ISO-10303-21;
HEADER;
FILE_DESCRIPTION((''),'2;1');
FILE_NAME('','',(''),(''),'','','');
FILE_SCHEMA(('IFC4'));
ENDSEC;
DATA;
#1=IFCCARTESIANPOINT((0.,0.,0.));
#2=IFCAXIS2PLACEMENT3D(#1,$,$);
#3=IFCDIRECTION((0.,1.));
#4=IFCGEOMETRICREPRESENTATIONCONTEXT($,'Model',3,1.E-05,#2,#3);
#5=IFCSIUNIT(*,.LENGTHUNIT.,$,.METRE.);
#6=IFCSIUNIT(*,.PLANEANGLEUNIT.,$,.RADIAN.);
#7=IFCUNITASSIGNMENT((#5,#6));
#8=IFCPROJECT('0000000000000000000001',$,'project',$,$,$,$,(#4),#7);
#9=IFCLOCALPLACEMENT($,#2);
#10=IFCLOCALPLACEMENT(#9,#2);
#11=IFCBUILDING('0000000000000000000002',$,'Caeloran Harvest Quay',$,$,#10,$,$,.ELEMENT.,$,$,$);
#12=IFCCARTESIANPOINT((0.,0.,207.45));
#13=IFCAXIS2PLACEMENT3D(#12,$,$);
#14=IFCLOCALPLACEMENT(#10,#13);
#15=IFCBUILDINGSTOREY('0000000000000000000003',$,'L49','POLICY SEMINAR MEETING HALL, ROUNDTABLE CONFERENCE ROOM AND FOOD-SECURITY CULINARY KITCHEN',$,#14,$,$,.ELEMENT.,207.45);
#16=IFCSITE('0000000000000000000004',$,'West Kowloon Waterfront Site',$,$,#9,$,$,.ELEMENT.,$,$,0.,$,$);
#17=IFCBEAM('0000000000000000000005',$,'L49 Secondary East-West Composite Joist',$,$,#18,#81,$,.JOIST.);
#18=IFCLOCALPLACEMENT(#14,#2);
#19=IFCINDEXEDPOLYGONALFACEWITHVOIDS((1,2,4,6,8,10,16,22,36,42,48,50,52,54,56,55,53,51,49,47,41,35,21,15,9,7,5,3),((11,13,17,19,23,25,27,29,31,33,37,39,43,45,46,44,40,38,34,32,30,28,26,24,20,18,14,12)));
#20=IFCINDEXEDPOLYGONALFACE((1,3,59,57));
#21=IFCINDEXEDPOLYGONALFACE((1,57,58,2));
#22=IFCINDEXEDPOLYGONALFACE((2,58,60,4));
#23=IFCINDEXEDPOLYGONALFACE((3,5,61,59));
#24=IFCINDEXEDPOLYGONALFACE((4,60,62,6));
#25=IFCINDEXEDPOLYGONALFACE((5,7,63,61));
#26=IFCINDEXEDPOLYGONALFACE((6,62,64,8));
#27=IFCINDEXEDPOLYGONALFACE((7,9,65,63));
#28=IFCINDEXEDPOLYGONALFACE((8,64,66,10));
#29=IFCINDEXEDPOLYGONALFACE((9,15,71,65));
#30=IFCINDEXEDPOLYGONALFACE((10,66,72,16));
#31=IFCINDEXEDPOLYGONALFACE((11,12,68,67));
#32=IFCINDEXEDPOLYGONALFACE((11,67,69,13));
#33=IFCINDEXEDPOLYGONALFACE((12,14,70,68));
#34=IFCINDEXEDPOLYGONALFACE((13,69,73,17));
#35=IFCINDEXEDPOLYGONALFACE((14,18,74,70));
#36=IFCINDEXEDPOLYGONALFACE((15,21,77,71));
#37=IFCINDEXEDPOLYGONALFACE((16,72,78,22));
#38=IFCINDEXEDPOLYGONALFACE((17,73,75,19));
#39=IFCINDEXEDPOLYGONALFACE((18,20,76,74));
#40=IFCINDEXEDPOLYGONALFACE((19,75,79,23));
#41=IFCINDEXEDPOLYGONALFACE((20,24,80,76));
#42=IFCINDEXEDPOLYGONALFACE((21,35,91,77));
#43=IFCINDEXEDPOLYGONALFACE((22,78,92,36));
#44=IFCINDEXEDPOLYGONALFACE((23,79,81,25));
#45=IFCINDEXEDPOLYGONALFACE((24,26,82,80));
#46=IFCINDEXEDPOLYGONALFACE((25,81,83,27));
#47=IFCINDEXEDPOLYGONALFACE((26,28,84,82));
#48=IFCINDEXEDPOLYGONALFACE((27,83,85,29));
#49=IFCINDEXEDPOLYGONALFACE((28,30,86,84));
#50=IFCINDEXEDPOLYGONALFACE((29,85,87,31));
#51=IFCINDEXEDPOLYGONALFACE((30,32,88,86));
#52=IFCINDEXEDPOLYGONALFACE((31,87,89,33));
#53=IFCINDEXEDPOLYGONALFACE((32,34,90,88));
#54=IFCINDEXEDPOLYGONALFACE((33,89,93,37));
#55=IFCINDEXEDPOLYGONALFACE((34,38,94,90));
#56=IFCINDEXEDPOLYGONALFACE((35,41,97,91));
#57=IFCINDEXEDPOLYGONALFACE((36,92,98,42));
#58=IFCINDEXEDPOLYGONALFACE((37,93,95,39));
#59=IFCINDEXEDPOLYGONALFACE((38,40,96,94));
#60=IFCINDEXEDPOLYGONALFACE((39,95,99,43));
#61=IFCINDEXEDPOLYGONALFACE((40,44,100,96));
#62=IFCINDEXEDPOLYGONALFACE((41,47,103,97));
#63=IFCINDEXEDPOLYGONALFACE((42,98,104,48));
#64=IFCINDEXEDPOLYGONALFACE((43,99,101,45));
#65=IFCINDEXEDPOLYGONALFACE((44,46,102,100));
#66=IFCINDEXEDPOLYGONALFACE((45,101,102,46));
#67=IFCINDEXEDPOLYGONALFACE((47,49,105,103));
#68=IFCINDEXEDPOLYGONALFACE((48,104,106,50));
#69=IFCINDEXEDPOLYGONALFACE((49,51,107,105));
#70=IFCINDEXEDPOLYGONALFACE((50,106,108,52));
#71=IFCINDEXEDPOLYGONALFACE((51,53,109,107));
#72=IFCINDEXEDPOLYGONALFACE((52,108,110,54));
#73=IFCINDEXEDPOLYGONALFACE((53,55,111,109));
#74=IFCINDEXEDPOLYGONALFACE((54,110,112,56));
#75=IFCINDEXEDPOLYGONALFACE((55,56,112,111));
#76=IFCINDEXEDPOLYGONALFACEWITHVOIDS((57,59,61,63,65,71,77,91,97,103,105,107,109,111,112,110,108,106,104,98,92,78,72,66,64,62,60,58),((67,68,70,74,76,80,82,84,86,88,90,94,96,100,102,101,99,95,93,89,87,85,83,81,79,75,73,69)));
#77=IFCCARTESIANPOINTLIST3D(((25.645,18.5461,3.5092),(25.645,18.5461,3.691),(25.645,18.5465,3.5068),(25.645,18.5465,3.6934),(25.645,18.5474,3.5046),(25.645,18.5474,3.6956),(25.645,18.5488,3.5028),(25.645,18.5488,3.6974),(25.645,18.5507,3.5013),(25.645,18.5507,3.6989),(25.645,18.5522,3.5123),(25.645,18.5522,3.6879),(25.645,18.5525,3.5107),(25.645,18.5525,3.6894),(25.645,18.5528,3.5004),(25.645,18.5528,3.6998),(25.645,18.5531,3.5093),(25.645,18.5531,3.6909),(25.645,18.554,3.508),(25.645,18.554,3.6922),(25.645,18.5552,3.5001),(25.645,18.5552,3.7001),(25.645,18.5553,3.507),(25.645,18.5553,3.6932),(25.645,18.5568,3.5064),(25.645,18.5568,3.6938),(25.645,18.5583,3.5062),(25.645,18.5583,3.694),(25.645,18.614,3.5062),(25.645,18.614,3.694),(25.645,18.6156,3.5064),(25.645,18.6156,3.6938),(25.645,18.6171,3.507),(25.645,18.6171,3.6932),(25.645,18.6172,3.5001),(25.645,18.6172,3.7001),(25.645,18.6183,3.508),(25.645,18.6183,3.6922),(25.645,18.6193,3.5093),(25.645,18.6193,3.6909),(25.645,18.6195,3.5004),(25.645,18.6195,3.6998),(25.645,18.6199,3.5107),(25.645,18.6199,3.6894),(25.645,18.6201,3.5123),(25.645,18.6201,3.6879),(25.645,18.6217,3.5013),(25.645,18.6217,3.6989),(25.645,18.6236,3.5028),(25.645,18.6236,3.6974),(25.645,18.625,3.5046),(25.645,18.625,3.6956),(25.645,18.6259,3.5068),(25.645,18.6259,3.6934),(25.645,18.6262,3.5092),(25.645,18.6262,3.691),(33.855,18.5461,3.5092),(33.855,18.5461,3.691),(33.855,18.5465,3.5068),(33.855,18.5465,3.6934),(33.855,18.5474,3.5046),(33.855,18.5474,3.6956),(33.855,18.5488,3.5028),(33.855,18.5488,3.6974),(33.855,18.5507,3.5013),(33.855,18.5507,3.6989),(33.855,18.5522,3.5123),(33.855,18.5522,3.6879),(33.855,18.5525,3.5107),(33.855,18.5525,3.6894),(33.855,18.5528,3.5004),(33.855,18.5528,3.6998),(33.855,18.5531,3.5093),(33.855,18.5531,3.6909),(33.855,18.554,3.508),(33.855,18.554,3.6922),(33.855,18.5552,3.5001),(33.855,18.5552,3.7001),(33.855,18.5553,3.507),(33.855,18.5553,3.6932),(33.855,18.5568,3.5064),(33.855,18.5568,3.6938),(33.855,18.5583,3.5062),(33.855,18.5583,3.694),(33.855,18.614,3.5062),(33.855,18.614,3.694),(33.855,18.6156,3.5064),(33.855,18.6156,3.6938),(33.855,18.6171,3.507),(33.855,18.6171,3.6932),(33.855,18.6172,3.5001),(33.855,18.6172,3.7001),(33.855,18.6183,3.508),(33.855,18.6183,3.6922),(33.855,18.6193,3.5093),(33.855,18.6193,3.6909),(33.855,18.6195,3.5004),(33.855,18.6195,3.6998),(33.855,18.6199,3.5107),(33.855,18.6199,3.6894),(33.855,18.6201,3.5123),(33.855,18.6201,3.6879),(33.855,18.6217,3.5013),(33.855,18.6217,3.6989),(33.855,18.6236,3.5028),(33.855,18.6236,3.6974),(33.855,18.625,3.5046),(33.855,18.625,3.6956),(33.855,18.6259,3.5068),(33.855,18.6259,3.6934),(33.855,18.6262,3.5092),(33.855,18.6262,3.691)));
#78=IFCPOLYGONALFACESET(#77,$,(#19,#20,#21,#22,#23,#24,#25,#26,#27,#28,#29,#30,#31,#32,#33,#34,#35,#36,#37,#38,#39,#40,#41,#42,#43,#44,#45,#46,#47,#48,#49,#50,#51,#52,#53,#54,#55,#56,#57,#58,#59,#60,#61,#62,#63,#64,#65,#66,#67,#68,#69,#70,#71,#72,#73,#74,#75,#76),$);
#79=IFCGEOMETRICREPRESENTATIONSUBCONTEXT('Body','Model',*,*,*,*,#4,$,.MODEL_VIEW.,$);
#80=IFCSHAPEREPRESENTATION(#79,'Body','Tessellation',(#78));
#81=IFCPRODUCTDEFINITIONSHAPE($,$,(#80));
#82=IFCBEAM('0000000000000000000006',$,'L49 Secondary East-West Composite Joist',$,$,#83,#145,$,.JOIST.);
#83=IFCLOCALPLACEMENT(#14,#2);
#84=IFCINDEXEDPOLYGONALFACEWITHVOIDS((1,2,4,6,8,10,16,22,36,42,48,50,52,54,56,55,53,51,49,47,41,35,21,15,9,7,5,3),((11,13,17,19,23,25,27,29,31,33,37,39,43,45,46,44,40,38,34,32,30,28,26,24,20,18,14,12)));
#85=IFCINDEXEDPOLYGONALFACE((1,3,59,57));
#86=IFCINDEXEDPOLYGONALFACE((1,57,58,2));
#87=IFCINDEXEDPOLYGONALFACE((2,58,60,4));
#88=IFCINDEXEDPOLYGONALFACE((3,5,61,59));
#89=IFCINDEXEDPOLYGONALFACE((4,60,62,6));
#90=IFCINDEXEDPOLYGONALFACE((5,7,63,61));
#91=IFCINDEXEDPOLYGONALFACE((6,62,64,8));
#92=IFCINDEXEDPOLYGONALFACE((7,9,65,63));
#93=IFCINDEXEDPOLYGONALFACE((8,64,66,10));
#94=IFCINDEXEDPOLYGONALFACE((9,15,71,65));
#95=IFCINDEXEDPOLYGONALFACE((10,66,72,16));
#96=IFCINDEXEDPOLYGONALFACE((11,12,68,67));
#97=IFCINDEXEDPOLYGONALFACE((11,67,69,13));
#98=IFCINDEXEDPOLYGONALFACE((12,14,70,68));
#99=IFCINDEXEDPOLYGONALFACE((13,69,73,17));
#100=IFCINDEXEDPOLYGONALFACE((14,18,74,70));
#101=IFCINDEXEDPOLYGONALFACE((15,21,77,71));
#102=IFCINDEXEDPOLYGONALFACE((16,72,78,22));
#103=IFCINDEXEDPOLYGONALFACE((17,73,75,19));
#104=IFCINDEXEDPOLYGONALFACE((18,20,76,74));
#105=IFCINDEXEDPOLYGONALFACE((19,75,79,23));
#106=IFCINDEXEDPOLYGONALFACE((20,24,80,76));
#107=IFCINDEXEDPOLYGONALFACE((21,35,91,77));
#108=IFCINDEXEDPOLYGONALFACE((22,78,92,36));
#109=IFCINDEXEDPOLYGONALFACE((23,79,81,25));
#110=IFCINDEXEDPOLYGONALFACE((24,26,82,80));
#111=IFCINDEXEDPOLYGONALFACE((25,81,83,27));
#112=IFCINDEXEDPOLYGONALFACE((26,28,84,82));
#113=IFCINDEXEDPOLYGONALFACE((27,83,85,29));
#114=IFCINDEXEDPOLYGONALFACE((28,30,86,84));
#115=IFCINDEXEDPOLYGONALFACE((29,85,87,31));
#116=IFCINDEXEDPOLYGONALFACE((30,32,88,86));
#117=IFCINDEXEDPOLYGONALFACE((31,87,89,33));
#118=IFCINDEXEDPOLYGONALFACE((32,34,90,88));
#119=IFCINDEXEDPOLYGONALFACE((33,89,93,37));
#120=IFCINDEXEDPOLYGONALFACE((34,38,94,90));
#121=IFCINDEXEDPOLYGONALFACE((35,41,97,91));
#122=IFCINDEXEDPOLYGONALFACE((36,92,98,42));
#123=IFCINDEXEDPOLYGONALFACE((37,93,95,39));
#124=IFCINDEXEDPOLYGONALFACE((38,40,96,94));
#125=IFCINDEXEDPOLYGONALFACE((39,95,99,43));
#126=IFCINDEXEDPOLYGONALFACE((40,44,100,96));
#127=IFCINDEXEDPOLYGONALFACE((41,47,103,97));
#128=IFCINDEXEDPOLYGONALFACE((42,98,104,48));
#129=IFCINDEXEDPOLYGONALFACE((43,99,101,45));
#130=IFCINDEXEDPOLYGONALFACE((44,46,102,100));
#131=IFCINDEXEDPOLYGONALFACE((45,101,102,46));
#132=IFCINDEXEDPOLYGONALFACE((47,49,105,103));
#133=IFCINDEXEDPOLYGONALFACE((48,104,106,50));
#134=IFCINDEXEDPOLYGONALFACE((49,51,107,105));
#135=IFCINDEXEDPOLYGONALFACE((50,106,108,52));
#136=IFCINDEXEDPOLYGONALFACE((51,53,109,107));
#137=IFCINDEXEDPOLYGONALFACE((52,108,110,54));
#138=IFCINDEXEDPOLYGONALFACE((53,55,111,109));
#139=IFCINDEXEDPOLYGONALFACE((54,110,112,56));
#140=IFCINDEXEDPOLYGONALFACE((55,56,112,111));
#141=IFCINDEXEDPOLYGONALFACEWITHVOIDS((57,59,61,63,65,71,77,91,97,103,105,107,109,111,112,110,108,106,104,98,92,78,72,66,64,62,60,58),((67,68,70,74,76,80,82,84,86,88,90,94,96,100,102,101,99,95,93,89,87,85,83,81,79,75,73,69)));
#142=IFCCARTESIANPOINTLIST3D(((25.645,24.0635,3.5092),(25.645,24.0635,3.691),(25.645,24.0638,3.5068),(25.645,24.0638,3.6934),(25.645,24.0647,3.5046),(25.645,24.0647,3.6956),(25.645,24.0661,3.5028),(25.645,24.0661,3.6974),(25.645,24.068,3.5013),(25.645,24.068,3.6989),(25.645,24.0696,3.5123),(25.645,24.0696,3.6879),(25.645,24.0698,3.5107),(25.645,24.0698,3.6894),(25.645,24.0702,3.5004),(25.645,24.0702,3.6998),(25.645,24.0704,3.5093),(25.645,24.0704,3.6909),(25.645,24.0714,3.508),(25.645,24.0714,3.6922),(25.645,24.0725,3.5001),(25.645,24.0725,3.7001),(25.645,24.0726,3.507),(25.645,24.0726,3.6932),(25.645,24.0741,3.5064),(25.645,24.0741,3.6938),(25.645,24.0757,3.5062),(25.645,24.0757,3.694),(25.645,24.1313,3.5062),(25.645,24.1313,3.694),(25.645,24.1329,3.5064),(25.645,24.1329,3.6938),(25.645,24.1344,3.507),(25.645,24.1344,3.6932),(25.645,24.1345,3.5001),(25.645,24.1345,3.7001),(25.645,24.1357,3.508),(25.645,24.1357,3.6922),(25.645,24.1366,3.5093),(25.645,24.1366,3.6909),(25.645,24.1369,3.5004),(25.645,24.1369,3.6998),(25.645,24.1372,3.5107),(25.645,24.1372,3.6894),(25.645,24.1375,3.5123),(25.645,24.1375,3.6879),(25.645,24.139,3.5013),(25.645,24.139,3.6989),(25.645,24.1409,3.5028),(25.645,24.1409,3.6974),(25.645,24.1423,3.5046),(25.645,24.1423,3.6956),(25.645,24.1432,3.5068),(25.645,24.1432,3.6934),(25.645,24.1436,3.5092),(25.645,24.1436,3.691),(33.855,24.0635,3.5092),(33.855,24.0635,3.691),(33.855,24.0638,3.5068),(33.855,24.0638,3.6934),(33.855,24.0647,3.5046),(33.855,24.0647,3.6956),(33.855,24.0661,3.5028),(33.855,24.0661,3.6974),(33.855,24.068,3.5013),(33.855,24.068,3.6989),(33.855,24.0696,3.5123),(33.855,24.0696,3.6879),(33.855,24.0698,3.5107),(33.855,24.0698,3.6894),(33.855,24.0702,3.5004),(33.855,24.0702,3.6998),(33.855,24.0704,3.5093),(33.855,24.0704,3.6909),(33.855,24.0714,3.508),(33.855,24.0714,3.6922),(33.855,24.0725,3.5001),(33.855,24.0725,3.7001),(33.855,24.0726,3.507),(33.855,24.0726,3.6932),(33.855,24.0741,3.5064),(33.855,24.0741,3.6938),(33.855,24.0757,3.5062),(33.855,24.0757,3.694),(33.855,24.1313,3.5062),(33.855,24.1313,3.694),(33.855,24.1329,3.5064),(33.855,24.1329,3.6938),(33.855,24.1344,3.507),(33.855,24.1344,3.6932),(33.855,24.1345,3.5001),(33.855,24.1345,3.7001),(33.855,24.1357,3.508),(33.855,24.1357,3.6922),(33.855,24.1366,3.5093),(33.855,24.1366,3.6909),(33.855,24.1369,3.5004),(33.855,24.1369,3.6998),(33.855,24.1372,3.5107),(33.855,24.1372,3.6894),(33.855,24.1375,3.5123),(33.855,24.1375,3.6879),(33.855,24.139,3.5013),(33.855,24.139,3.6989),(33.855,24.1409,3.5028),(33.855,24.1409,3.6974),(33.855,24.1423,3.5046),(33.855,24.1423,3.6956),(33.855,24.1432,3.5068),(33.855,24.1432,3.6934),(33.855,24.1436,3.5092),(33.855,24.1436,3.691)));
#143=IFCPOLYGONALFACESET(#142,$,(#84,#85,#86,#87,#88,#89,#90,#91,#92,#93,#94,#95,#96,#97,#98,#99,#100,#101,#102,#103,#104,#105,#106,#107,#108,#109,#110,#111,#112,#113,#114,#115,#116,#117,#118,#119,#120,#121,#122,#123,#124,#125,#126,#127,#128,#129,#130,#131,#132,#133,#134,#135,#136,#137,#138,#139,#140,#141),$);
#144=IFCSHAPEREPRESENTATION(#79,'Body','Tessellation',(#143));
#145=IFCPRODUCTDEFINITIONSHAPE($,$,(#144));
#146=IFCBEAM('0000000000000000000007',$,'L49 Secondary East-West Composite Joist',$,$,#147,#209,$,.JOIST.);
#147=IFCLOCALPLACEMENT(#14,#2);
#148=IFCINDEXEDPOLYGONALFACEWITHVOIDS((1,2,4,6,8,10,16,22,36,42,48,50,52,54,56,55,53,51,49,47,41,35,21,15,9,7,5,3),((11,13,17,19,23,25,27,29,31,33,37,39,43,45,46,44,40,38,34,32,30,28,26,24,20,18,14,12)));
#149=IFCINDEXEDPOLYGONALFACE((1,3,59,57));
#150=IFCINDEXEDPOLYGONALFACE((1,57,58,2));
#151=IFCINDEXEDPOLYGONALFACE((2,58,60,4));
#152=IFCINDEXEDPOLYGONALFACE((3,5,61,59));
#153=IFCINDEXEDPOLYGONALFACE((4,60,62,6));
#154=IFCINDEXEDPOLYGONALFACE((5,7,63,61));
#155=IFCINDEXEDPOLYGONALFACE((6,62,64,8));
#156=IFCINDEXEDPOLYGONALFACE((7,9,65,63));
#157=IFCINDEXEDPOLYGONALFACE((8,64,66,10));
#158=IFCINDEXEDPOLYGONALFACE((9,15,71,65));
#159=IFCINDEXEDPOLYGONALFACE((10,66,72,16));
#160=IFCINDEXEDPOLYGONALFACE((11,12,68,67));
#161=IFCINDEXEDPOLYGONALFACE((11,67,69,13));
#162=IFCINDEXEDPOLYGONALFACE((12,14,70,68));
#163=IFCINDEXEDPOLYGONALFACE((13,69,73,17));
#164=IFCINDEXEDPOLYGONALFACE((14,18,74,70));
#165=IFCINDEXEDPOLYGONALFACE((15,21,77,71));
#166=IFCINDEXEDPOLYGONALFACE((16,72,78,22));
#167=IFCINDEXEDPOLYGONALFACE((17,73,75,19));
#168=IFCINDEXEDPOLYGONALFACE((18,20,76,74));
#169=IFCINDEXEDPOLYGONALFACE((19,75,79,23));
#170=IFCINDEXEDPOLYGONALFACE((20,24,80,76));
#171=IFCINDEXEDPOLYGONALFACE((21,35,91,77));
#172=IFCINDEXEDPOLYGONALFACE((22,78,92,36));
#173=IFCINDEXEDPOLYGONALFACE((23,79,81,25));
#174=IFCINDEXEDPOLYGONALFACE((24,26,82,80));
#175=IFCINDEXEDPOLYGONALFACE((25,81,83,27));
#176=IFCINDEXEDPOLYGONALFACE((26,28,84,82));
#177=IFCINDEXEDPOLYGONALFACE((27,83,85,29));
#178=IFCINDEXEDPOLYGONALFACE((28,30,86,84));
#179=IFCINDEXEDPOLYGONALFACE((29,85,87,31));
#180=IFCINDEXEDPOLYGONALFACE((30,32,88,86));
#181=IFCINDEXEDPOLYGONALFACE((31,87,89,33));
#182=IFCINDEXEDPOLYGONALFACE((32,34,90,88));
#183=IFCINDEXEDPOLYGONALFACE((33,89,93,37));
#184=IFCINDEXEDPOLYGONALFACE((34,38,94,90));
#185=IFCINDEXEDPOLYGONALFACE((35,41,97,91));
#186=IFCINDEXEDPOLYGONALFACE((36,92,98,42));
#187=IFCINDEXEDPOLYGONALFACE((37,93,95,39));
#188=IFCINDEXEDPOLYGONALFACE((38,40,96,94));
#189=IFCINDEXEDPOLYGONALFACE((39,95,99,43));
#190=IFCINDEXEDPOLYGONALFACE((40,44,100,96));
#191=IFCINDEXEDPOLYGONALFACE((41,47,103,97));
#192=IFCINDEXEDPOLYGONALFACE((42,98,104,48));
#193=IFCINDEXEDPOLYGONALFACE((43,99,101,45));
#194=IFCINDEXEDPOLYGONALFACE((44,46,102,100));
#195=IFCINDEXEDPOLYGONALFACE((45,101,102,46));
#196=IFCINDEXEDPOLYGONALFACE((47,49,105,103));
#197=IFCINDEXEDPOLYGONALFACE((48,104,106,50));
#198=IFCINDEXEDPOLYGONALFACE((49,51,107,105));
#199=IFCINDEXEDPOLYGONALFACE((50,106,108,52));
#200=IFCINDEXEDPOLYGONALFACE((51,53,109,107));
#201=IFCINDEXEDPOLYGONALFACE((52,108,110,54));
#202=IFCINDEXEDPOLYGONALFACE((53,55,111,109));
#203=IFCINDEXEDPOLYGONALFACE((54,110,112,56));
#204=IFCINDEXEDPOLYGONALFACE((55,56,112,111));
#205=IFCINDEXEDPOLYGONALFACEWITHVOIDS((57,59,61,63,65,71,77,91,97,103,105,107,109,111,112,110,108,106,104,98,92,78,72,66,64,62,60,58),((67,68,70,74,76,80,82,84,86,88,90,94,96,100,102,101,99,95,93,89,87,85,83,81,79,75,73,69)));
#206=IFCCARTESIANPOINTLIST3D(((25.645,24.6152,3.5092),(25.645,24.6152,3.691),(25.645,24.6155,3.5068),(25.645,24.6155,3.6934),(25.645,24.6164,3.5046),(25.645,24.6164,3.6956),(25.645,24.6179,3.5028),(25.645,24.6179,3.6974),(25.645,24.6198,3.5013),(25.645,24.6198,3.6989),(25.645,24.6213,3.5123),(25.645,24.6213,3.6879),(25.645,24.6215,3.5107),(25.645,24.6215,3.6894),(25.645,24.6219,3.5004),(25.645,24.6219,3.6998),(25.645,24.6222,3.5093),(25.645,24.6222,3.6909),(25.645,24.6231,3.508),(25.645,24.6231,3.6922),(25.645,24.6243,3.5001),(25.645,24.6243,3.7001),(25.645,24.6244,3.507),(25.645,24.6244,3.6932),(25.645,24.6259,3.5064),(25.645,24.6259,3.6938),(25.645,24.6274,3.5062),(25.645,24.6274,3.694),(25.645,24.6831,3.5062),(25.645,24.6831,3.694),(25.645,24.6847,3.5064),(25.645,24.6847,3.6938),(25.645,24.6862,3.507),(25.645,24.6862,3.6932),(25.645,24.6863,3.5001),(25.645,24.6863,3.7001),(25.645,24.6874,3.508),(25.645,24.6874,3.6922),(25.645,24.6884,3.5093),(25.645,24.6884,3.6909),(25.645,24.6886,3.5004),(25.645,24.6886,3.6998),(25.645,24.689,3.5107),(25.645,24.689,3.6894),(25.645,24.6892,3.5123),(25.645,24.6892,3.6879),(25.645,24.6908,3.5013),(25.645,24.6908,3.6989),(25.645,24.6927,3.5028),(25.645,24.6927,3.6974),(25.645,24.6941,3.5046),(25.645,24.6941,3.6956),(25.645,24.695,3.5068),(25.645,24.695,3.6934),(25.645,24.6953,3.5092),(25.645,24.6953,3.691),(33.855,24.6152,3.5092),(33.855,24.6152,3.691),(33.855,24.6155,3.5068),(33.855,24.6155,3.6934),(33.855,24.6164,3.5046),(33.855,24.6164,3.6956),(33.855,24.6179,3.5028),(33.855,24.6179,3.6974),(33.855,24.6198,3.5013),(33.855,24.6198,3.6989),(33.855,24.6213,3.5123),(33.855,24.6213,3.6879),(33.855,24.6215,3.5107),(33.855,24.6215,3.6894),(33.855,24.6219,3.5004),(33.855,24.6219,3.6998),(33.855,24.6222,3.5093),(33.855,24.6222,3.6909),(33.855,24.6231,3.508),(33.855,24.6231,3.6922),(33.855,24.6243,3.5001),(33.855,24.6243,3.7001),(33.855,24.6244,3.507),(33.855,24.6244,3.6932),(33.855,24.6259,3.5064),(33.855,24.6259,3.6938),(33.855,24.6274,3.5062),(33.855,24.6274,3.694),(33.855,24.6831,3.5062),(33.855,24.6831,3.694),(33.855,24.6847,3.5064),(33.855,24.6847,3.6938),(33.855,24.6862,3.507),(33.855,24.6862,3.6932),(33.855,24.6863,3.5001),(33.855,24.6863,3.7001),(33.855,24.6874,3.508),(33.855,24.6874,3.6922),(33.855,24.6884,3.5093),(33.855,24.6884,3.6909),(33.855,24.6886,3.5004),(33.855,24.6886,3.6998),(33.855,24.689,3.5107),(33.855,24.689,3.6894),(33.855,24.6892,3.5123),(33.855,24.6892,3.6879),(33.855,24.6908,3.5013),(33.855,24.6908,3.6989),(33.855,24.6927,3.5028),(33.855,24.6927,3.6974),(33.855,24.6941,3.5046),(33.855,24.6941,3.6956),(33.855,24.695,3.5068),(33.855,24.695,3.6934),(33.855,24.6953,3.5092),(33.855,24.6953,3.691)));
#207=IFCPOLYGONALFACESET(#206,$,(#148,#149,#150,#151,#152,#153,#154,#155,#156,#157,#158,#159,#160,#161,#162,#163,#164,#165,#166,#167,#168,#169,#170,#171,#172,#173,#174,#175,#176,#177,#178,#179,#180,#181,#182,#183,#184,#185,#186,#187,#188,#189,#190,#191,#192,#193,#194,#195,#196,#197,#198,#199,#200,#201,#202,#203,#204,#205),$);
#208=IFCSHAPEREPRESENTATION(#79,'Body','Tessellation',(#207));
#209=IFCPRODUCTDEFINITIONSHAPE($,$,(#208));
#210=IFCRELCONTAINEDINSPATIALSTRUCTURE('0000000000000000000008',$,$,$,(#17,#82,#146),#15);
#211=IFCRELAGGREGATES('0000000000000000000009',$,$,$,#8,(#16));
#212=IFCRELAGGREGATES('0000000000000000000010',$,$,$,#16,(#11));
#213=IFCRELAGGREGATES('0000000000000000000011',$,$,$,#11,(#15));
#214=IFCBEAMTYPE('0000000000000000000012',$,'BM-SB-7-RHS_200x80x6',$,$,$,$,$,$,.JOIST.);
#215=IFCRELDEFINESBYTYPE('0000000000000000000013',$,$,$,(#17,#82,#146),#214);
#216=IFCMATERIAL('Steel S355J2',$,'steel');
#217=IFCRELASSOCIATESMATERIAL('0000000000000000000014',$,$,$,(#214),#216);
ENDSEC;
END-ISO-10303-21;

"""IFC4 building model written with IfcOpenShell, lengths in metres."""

from ifc_helpers import new_model, si_unit, direction, frame, origin, origin_2d, place, context, subcontext, project, spatial, hollow_rectangle, extrude, material, material_profile, profile_set, type_object, element, save


model = new_model("IFC4")

# Units and contexts
model_context = context("Model", 3, precision=1e-05, world=origin(), true_north=direction((0.0, 1.0)))
body_context = subcontext(model_context, "Body", "Model", "MODEL_VIEW")
ifc_project = project(units=[si_unit("LENGTHUNIT", "METRE"), si_unit("PLANEANGLEUNIT", "RADIAN")], contexts=[model_context])

# Site, building, storey
site_placement = place(None, origin())
site = spatial("IfcSite", under=ifc_project, at=site_placement, Name="West Kowloon Waterfront Site", CompositionType="ELEMENT", RefElevation=0.0)
building_placement = place(site_placement, origin())
building = spatial("IfcBuilding", under=site, at=building_placement, Name="Caeloran Harvest Quay", CompositionType="ELEMENT")
storey_placement = place(building_placement, frame((0.0, 0.0, 207.45)))
storey = spatial("IfcBuildingStorey", under=building, at=storey_placement, Name="L49", Description="POLICY SEMINAR MEETING HALL, ROUNDTABLE CONFERENCE ROOM AND FOOD-SECURITY CULINARY KITCHEN", CompositionType="ELEMENT", Elevation=207.45)

# Beams
ifc_material_1 = material(Name="Steel S355J2", Category="steel")
ifc_material_profile_1 = material_profile(ifc_material_1, hollow_rectangle(XDim=0.0801, YDim=0.2, WallThickness=0.0061, InnerFilletRadius=0.0061, OuterFilletRadius=0.009, at=origin_2d()), Name="RHS 200x80x6")
ifc_profile_set_1 = profile_set([ifc_material_profile_1], Name="Steel S355J2")
beam_type_1 = type_object("IfcBeamType", Name="BM-SB-7-RHS_200x80x6", PredefinedType="JOIST", material=ifc_profile_set_1)
for number, where, z_axis, x_axis, name in (
    (1, (25.645, 18.5862, 3.6001), (1.0, 0.0, 0.0), (0.0, 1.0, 0.0), "L49 Secondary East-West Composite Joist"),
    (2, (25.645, 24.1035, 3.6001), (1.0, 0.0, 0.0), (0.0, 1.0, 0.0), "L49 Secondary East-West Composite Joist"),
    (3, (25.645, 24.6553, 3.6001), (1.0, 0.0, 0.0), (0.0, 1.0, 0.0), "L49 Secondary East-West Composite Joist"),
):
    element("IfcBeam", number, at=place(storey_placement, frame(where, z_axis=z_axis, x_axis=x_axis)), inside=storey, type_object=beam_type_1, Name=name, PredefinedType="JOIST", context=body_context, shape_type="SweptSolid", body=[
        extrude(hollow_rectangle(XDim=0.0801, YDim=0.2, WallThickness=0.0061, InnerFilletRadius=0.0061, OuterFilletRadius=0.009, at=origin_2d()), origin(), (0.0, 0.0, 1.0), 8.21),
    ])

save(model, "model.ifc")
